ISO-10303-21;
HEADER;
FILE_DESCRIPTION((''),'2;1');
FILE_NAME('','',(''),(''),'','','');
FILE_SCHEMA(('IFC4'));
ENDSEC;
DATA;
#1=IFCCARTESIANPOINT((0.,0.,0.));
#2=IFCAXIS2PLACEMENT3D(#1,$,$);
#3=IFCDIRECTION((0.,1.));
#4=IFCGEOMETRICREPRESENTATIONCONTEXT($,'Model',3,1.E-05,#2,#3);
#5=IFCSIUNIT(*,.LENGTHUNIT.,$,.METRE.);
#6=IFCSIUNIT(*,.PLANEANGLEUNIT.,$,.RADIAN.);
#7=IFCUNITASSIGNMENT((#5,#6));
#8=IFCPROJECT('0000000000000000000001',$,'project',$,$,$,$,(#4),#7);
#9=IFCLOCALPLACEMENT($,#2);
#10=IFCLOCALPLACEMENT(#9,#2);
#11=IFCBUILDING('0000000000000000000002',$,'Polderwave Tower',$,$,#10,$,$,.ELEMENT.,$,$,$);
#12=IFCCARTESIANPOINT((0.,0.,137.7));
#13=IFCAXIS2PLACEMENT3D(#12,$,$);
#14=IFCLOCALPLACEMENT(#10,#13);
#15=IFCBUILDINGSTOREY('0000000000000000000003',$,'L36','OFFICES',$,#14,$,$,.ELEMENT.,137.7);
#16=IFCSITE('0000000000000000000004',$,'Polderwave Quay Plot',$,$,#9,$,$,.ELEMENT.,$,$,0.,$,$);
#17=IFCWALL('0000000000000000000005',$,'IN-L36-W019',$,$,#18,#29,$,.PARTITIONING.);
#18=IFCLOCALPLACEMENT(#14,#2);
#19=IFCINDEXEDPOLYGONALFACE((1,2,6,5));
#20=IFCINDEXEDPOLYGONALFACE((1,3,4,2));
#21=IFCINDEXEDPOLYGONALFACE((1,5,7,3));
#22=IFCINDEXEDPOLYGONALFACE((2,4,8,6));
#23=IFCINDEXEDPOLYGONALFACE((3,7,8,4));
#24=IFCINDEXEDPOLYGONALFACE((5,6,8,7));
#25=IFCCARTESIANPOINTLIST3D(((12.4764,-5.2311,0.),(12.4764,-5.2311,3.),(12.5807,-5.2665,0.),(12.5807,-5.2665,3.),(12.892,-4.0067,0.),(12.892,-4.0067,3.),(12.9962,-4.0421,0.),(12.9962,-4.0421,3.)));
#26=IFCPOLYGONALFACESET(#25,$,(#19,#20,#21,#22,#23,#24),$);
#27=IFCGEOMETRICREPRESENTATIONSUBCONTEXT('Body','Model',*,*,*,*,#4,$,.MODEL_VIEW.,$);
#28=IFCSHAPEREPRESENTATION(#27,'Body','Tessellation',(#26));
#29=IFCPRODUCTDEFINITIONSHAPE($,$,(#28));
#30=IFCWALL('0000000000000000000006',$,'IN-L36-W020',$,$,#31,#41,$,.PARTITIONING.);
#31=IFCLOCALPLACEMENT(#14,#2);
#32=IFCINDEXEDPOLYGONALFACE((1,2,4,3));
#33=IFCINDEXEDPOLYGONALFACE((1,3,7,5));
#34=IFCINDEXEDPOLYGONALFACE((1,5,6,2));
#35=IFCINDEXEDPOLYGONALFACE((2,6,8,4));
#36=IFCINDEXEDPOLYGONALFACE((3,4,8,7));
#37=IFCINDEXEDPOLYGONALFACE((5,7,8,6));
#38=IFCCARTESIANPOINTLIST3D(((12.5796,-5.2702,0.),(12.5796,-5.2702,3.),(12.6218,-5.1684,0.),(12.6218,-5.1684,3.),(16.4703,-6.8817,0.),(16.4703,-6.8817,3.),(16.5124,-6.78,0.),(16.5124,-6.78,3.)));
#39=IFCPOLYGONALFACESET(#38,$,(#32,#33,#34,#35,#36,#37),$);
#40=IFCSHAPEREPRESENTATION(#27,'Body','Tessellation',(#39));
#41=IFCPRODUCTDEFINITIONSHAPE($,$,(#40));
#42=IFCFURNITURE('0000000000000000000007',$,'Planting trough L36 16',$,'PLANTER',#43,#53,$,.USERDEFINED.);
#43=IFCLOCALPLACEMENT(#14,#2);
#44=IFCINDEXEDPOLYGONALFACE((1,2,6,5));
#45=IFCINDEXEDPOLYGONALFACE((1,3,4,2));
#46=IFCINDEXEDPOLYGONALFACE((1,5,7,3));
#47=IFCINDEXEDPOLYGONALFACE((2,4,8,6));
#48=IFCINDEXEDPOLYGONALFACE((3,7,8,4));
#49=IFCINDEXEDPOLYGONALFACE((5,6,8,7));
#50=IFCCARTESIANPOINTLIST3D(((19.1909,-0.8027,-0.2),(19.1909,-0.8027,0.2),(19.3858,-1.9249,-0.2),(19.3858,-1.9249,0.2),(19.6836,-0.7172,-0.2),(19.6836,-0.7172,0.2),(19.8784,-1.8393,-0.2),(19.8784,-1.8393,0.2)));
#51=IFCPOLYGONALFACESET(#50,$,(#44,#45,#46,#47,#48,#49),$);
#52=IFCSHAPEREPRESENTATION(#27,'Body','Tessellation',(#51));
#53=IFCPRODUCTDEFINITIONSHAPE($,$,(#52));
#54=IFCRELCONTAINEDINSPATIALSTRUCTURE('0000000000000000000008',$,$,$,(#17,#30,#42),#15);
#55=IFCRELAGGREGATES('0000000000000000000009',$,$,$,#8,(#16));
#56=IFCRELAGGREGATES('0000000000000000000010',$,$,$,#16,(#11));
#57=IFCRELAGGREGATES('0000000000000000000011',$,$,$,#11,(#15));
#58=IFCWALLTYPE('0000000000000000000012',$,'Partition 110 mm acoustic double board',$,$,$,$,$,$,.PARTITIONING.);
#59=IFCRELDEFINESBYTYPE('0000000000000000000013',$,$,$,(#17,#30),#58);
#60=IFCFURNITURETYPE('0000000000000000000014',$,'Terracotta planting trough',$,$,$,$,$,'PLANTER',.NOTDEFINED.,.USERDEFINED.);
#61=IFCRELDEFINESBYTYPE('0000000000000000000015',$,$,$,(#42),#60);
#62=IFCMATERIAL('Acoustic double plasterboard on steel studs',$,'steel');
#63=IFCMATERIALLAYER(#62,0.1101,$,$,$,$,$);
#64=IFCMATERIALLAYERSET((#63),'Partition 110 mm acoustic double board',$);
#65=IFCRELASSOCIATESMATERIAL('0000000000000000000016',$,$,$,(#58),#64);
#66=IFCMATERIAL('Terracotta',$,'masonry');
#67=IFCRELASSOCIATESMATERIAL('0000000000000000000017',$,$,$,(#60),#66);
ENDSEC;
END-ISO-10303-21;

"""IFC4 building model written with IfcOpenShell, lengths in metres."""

from ifc_helpers import new_model, si_unit, direction, frame, frame_2d, origin, origin_2d, place, context, subcontext, project, spatial, rectangle, extrude, material, layer, layer_set, type_object, element, save


model = new_model("IFC4")

# Units and contexts
model_context = context("Model", 3, precision=1e-05, world=origin(), true_north=direction((0.0, 1.0)))
body_context = subcontext(model_context, "Body", "Model", "MODEL_VIEW")
ifc_project = project(units=[si_unit("LENGTHUNIT", "METRE"), si_unit("PLANEANGLEUNIT", "RADIAN")], contexts=[model_context])

# Site, building, storey
site_placement = place(None, origin())
site = spatial("IfcSite", under=ifc_project, at=site_placement, Name="Polderwave Quay Plot", CompositionType="ELEMENT", RefElevation=0.0)
building_placement = place(site_placement, origin())
building = spatial("IfcBuilding", under=site, at=building_placement, Name="Polderwave Tower", CompositionType="ELEMENT")
storey_placement = place(building_placement, frame((0.0, 0.0, 137.7)))
storey = spatial("IfcBuildingStorey", under=building, at=storey_placement, Name="L36", Description="OFFICES", CompositionType="ELEMENT", Elevation=137.7)

# Walls
ifc_material_1 = material(Name="Acoustic double plasterboard on steel studs", Category="steel")
ifc_layer_1 = layer(ifc_material_1, 0.1101)
ifc_layer_set_1 = layer_set([ifc_layer_1], Name="Partition 110 mm acoustic double board")
wall_type_1 = type_object("IfcWallType", Name="Partition 110 mm acoustic double board", PredefinedType="PARTITIONING", material=ifc_layer_set_1)
wall_1_placement = place(storey_placement, frame((12.5286, -5.2488, 0.0), z_axis=(0.0, 0.0, 1.0), x_axis=(0.321378, 0.946951, 0.0)))
element("IfcWall", 1, at=wall_1_placement, inside=storey, type_object=wall_type_1, Name="IN-L36-W019", PredefinedType="PARTITIONING", context=body_context, shape_type="SweptSolid", body=[
    extrude(rectangle(XDim=1.293, YDim=0.1101, at=frame_2d((0.6465, 0.0))), origin(), (0.0, 0.0, 1.0), 3.0),
])
wall_2_placement = place(storey_placement, frame((16.4912, -6.8308, 0.0), z_axis=(0.0, 0.0, 1.0), x_axis=(-0.923878, 0.382688, 0.0)))
element("IfcWall", 2, at=wall_2_placement, inside=storey, type_object=wall_type_1, Name="IN-L36-W020", PredefinedType="PARTITIONING", context=body_context, shape_type="SweptSolid", body=[
    extrude(rectangle(XDim=4.2112, YDim=0.1101, at=frame_2d((2.1055, 0.0))), origin(), (0.0, 0.0, 1.0), 3.0),
])

# Furniture
ifc_material_2 = material(Name="Terracotta", Category="masonry")
furniture_type = type_object("IfcFurnitureType", Name="Terracotta planting trough", ElementType="PLANTER", AssemblyPlace="NOTDEFINED", PredefinedType="USERDEFINED", material=ifc_material_2)
furniture_placement = place(storey_placement, frame((19.5347, -1.321, -0.2), z_axis=(0.0, 0.0, 1.0), x_axis=(-0.171062, 0.98526, 0.0)))
element("IfcFurniture", 3, at=furniture_placement, inside=storey, type_object=furniture_type, Name="Planting trough L36 16", ObjectType="PLANTER", PredefinedType="USERDEFINED", context=body_context, shape_type="SweptSolid", body=[
    extrude(rectangle(XDim=1.1389, YDim=0.5, at=origin_2d()), origin(), (0.0, 0.0, 1.0), 0.3999),
])

save(model, "model.ifc")
